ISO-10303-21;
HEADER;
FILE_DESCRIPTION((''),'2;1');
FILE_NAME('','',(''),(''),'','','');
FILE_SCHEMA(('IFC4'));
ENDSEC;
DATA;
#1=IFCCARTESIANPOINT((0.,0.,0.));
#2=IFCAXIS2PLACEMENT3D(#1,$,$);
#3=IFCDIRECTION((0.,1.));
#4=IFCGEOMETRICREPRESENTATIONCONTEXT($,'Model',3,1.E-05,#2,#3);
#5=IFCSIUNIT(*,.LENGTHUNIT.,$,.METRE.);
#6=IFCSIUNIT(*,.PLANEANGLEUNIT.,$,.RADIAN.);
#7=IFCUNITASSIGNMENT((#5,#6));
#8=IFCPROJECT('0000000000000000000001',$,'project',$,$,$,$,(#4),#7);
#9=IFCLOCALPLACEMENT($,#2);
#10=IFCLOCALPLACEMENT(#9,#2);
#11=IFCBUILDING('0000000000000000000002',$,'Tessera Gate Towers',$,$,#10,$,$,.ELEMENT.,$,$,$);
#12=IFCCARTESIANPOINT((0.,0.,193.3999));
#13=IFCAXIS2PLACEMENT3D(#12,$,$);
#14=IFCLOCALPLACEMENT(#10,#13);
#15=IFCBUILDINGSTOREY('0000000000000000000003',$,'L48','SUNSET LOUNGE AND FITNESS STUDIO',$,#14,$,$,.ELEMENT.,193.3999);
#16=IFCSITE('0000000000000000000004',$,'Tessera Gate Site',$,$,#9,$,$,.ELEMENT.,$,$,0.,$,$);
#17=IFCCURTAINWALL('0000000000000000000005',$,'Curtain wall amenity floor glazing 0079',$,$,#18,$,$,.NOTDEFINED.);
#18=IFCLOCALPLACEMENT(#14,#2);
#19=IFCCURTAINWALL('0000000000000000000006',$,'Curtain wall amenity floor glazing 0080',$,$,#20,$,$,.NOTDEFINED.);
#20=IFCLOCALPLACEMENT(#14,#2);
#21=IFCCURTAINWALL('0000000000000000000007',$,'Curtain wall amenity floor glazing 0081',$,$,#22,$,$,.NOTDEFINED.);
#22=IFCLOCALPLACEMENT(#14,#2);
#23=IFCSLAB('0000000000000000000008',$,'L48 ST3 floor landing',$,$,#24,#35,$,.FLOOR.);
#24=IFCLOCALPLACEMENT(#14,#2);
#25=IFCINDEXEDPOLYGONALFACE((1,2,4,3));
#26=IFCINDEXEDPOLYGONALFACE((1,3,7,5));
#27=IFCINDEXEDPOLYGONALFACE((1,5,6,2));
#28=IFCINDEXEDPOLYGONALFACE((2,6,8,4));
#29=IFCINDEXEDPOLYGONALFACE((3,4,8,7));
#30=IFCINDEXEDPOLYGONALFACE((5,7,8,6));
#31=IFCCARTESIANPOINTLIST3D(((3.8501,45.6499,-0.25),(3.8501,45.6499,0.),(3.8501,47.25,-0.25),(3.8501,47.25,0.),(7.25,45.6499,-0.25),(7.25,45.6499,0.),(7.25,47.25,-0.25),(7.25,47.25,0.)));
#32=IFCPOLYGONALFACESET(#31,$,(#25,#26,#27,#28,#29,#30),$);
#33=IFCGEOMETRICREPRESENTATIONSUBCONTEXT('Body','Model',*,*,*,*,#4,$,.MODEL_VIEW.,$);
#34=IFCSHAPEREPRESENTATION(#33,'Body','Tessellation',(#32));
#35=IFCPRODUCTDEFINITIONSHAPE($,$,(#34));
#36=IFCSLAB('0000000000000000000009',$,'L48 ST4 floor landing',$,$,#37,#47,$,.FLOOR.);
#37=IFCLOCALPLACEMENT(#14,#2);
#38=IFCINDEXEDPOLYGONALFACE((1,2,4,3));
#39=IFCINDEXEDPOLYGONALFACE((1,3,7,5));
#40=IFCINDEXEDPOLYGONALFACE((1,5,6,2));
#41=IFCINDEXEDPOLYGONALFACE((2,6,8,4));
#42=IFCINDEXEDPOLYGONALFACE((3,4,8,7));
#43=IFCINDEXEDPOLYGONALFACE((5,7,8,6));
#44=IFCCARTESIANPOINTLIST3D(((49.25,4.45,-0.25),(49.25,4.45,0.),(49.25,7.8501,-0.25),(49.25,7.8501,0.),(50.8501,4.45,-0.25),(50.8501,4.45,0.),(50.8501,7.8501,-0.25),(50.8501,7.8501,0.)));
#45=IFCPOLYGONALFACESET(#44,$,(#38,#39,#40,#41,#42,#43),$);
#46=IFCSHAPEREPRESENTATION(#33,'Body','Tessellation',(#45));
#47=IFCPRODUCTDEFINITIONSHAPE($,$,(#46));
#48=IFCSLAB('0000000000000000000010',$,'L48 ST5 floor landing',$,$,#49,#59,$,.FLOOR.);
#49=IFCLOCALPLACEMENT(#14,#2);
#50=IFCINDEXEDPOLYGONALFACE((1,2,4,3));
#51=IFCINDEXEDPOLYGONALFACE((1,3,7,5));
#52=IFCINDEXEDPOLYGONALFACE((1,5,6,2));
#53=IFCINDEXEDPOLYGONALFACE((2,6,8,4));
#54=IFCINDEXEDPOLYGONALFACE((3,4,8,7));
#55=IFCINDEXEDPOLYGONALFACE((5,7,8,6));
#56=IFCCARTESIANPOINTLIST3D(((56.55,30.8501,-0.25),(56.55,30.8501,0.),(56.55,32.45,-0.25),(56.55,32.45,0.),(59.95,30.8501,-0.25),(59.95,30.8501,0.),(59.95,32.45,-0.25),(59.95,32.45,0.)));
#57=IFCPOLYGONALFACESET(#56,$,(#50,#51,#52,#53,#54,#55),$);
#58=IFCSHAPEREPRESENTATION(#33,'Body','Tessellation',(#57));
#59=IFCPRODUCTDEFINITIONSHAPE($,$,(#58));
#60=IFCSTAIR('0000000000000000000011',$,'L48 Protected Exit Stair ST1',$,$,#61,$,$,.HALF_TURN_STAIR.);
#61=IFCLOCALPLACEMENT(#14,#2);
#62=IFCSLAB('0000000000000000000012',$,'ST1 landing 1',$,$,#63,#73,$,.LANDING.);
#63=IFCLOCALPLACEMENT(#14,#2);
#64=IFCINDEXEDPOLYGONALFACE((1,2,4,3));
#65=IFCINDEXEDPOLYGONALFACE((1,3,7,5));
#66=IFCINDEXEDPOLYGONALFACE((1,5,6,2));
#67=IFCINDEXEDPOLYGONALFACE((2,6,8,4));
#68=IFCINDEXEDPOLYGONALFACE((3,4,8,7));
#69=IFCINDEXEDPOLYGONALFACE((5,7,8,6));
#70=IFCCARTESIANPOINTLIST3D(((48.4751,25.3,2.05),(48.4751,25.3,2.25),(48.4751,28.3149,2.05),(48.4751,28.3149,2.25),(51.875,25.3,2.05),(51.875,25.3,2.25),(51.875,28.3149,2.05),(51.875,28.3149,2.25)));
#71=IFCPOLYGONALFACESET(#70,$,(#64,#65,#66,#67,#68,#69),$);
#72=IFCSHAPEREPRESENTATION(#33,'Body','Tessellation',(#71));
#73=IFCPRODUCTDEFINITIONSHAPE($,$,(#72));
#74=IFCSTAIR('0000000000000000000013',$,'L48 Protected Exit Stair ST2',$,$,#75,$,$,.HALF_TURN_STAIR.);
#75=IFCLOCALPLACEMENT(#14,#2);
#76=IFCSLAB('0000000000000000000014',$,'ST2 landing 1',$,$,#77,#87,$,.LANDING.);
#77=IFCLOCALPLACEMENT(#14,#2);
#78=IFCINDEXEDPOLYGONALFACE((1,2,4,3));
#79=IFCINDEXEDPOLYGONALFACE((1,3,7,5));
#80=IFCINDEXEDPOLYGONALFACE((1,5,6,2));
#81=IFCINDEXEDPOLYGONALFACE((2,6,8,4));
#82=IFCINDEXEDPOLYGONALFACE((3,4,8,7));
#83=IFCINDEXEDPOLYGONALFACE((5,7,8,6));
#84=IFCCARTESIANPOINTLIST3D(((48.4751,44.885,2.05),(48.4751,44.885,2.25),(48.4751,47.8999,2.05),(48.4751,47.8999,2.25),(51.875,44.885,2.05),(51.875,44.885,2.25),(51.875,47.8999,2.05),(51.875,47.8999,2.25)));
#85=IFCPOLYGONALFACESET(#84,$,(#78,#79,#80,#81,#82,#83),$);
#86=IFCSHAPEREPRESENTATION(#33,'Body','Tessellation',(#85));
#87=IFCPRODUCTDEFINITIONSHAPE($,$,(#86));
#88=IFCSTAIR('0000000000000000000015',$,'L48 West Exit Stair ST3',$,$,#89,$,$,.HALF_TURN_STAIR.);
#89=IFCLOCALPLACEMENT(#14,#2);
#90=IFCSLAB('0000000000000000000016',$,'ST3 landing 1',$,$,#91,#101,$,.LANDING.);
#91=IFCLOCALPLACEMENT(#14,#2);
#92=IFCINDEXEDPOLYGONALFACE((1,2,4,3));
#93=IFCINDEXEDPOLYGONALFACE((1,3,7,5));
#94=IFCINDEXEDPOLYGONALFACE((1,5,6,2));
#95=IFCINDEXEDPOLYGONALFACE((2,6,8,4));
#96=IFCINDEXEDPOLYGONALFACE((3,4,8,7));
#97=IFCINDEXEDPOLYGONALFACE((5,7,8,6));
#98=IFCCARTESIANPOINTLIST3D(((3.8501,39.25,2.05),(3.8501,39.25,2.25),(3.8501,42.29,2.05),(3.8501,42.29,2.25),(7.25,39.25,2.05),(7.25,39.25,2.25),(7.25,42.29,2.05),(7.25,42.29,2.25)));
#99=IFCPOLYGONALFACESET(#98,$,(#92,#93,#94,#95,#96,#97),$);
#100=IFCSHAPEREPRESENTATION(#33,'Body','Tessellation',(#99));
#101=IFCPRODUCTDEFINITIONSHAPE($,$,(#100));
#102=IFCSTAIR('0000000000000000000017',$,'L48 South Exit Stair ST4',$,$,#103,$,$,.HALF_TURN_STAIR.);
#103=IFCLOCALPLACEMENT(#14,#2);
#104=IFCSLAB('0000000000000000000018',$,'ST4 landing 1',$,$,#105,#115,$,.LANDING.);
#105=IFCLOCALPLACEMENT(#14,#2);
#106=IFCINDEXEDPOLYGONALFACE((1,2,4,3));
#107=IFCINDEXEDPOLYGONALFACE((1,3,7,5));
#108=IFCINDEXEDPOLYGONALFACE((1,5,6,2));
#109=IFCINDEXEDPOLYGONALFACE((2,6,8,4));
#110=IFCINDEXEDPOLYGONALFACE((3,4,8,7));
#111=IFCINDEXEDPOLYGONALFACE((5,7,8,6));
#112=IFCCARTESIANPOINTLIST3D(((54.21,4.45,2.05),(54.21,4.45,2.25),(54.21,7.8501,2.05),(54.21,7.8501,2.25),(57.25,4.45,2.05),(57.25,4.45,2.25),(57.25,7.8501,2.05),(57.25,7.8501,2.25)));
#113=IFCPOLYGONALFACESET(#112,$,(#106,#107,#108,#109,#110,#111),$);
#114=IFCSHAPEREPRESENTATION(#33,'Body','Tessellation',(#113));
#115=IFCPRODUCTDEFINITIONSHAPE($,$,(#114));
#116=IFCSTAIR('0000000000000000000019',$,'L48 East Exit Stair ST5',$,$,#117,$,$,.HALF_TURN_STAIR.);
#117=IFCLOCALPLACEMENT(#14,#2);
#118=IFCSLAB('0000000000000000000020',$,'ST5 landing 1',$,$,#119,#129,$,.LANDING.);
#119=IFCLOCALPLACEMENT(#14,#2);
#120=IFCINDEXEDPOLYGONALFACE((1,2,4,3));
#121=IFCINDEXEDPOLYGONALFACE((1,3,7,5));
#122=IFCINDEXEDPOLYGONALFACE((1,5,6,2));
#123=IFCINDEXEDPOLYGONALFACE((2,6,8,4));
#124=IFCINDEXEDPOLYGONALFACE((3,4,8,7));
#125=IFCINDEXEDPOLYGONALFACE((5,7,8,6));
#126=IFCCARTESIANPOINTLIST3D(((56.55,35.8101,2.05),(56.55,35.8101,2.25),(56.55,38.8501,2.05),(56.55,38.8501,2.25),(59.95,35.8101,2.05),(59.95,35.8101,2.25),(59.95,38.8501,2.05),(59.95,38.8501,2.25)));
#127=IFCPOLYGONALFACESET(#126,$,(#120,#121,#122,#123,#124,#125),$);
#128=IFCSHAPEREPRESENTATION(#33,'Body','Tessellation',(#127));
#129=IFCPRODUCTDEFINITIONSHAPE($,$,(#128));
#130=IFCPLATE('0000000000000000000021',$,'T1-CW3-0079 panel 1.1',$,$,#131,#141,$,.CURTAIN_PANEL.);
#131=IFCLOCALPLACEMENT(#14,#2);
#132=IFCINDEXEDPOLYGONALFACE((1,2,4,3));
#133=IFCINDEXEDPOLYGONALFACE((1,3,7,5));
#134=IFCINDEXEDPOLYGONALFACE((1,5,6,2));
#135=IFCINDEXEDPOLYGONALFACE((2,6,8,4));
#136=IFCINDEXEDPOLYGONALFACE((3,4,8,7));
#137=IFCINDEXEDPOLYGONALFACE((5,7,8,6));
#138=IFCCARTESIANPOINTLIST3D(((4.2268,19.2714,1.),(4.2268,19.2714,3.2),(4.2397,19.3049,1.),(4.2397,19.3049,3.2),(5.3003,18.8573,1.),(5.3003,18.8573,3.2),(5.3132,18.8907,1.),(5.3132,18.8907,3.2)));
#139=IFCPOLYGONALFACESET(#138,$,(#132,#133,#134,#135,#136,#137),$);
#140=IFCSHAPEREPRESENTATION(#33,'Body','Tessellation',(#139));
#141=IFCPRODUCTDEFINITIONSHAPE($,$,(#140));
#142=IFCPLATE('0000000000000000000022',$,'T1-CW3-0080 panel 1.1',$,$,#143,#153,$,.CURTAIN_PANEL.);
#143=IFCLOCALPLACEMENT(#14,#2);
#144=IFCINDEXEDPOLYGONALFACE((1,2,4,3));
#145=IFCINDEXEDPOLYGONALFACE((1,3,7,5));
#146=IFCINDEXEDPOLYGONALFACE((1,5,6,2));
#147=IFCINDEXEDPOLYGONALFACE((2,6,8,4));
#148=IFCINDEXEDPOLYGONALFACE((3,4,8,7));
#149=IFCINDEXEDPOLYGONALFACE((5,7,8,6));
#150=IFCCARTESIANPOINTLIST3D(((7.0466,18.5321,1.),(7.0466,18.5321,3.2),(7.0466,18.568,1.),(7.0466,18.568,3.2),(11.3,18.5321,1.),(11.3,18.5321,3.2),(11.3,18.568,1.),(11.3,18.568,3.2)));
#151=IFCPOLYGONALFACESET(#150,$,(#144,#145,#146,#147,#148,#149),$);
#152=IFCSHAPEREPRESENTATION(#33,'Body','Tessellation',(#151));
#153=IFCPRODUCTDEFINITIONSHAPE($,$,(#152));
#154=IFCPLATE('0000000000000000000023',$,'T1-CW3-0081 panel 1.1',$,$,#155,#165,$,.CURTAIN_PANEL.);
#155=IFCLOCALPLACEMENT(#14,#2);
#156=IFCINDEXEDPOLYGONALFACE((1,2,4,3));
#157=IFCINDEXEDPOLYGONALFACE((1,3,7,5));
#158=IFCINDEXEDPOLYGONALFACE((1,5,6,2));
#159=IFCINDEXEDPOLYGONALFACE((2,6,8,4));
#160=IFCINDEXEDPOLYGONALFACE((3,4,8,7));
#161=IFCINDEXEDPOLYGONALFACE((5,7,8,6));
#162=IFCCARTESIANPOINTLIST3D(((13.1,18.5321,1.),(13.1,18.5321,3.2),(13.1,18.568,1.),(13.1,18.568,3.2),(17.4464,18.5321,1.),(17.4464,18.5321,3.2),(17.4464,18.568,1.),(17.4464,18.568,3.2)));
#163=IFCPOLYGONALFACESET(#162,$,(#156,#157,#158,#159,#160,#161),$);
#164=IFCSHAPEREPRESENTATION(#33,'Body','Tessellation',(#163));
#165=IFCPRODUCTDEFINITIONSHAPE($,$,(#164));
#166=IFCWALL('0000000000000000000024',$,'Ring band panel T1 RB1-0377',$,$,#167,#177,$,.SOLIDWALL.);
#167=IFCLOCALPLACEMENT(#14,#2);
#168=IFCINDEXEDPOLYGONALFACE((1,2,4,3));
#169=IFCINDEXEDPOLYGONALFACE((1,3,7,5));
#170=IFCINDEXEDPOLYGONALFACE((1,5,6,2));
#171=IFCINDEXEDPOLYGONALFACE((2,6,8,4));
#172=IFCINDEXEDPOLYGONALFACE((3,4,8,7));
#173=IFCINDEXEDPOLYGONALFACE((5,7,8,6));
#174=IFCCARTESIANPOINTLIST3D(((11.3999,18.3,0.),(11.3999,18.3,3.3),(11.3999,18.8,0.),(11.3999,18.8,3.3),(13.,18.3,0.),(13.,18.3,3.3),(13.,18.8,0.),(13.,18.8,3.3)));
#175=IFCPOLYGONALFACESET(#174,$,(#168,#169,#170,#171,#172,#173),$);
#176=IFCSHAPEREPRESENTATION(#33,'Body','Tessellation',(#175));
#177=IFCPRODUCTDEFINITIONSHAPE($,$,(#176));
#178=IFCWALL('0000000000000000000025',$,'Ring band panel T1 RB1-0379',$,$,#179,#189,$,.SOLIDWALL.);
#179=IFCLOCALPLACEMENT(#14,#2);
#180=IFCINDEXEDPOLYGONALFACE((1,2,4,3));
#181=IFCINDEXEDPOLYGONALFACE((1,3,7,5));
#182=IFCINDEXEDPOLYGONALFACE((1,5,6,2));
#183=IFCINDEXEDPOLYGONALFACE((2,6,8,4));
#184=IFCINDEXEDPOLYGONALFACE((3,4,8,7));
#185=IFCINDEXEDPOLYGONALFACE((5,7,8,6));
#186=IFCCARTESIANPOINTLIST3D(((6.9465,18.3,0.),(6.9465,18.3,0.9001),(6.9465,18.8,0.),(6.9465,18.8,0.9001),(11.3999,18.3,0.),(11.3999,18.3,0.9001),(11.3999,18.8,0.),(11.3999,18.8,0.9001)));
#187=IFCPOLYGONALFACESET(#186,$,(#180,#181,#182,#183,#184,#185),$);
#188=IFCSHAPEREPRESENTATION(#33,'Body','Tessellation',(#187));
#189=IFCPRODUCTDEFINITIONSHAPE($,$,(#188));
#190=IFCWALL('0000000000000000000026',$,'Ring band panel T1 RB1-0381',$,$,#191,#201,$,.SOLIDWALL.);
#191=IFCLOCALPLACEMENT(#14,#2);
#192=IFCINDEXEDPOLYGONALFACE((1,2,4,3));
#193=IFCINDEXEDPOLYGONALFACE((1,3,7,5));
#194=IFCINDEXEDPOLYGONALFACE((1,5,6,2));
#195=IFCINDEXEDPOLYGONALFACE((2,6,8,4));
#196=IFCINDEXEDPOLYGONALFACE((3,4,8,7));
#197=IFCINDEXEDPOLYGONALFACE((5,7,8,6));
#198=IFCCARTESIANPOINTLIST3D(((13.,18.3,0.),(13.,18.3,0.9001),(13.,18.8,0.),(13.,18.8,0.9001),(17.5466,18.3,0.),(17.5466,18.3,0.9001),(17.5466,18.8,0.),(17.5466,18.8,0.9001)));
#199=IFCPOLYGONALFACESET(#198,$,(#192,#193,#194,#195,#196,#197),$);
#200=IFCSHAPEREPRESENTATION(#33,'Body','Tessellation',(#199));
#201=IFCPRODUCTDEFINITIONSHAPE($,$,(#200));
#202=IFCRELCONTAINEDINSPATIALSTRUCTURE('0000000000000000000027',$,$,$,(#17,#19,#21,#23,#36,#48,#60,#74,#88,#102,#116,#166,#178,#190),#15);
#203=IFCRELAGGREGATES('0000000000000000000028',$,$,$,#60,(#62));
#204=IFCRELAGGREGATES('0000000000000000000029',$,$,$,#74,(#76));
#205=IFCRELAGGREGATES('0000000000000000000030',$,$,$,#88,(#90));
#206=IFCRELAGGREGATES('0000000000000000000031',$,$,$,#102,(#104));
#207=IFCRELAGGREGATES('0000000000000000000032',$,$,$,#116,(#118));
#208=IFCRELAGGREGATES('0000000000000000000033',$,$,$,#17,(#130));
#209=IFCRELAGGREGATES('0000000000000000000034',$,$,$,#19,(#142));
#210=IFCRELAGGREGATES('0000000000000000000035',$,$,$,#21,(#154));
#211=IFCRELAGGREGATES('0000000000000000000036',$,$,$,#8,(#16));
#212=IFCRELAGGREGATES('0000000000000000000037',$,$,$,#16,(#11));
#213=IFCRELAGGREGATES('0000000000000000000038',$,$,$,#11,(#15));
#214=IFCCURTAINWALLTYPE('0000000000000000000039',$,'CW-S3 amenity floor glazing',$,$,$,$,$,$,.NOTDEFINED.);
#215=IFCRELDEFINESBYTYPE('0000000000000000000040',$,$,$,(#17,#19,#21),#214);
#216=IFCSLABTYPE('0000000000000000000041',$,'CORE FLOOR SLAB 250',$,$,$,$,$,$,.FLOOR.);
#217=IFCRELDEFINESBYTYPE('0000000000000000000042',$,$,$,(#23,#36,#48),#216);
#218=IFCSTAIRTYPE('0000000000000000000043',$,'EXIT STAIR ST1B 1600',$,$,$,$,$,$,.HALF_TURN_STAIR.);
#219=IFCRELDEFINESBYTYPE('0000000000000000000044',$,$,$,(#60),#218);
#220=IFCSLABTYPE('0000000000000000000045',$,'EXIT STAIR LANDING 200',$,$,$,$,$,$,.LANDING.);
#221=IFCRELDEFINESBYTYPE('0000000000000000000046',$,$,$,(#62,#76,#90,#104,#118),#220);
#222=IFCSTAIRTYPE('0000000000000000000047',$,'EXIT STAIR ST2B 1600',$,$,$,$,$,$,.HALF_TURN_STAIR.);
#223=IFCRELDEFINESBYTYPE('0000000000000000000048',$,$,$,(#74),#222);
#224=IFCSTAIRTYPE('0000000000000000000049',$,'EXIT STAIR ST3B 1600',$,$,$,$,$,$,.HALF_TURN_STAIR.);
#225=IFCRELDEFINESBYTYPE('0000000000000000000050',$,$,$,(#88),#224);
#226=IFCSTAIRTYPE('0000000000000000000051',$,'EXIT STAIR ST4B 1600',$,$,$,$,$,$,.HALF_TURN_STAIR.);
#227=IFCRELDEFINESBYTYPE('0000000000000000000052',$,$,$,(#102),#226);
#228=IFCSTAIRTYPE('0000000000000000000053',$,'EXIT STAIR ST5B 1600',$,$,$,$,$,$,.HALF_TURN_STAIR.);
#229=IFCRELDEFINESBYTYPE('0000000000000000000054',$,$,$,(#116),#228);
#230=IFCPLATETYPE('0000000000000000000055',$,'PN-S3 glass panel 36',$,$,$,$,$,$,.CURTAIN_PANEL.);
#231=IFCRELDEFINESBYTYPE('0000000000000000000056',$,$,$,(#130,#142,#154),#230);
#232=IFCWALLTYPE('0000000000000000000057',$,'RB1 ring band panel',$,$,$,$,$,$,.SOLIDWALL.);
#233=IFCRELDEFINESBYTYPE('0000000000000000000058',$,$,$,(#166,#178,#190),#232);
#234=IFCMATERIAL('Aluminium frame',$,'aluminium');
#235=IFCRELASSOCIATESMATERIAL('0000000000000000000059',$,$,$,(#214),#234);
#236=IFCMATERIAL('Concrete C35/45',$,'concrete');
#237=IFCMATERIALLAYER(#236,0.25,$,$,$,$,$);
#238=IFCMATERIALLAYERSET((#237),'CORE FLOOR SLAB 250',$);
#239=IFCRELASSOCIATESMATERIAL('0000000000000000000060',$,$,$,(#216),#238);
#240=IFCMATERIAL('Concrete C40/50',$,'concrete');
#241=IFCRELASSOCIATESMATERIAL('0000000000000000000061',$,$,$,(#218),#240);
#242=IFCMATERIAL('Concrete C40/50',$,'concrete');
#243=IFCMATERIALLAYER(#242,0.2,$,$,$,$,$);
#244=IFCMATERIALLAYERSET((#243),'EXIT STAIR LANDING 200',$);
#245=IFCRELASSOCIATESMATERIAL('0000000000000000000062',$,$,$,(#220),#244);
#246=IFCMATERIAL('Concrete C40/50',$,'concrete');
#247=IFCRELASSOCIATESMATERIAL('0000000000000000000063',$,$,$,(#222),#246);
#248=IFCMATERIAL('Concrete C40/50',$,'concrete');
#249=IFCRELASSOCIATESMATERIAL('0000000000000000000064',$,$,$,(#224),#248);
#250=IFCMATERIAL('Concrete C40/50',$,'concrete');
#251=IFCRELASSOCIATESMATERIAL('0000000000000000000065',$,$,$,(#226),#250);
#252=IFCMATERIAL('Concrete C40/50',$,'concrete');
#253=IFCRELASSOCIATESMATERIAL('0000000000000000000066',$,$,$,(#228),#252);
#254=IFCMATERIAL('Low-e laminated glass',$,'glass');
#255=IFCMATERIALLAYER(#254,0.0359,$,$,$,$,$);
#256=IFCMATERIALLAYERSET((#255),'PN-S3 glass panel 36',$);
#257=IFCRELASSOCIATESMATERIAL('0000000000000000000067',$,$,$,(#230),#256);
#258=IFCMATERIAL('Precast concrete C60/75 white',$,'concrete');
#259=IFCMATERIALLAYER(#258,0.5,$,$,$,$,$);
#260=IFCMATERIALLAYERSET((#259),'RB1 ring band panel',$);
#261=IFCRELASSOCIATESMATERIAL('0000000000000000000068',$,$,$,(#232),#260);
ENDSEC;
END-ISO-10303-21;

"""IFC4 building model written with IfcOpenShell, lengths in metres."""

from ifc_helpers import new_model, si_unit, direction, frame, origin, origin_2d, place, context, subcontext, project, spatial, polyline, rectangle, outline, extrude, source, transform, mapped, material, layer, layer_set, type_object, element, aggregate, save


model = new_model("IFC4")

# Units and contexts
model_context = context("Model", 3, precision=1e-05, world=origin(), true_north=direction((0.0, 1.0)))
body_context = subcontext(model_context, "Body", "Model", "MODEL_VIEW")
ifc_project = project(units=[si_unit("LENGTHUNIT", "METRE"), si_unit("PLANEANGLEUNIT", "RADIAN")], contexts=[model_context])

# Site, building, storey
site_placement = place(None, origin())
site = spatial("IfcSite", under=ifc_project, at=site_placement, Name="Tessera Gate Site", CompositionType="ELEMENT", RefElevation=0.0)
building_placement = place(site_placement, origin())
building = spatial("IfcBuilding", under=site, at=building_placement, Name="Tessera Gate Towers", CompositionType="ELEMENT")
storey_placement = place(building_placement, frame((0.0, 0.0, 193.3999)))
storey = spatial("IfcBuildingStorey", under=building, at=storey_placement, Name="L48", Description="SUNSET LOUNGE AND FITNESS STUDIO", CompositionType="ELEMENT", Elevation=193.3999)

# Curtain wall
ifc_material_1 = material(Name="Aluminium frame", Category="aluminium")
curtain_wall_type = type_object("IfcCurtainWallType", Name="CW-S3 amenity floor glazing", PredefinedType="NOTDEFINED", material=ifc_material_1)
curtain_wall_1_placement = place(storey_placement, origin())
curtain_wall_1 = element("IfcCurtainWall", 1, at=curtain_wall_1_placement, inside=storey, type_object=curtain_wall_type, Name="Curtain wall amenity floor glazing 0079", PredefinedType="NOTDEFINED")

# Curtain wall
curtain_wall_2_placement = place(storey_placement, origin())
curtain_wall_2 = element("IfcCurtainWall", 2, at=curtain_wall_2_placement, inside=storey, type_object=curtain_wall_type, Name="Curtain wall amenity floor glazing 0080", PredefinedType="NOTDEFINED")

# Curtain wall
curtain_wall_3_placement = place(storey_placement, origin())
curtain_wall_3 = element("IfcCurtainWall", 3, at=curtain_wall_3_placement, inside=storey, type_object=curtain_wall_type, Name="Curtain wall amenity floor glazing 0081", PredefinedType="NOTDEFINED")

# Slabs
ifc_material_2 = material(Name="Concrete C35/45", Category="concrete")
ifc_layer_1 = layer(ifc_material_2, 0.25)
ifc_layer_set_1 = layer_set([ifc_layer_1], Name="CORE FLOOR SLAB 250")
slab_type_1 = type_object("IfcSlabType", Name="CORE FLOOR SLAB 250", PredefinedType="FLOOR", material=ifc_layer_set_1)
slab_1_placement = place(storey_placement, frame((0.0, 0.0, -0.25)))
element("IfcSlab", 4, at=slab_1_placement, inside=storey, type_object=slab_type_1, Name="L48 ST3 floor landing", PredefinedType="FLOOR", context=body_context, shape_type="SweptSolid", body=[
    extrude(outline(polyline([(3.8501, 47.25), (3.8501, 45.6499), (7.25, 45.6499), (7.25, 47.25), (3.8501, 47.25)])), origin(), (0.0, 0.0, 1.0), 0.25),
])
slab_2_placement = place(storey_placement, frame((0.0, 0.0, -0.25)))
element("IfcSlab", 5, at=slab_2_placement, inside=storey, type_object=slab_type_1, Name="L48 ST4 floor landing", PredefinedType="FLOOR", context=body_context, shape_type="SweptSolid", body=[
    extrude(outline(polyline([(49.25, 4.45), (50.8501, 4.45), (50.8501, 7.8501), (49.25, 7.8501), (49.25, 4.45)])), origin(), (0.0, 0.0, 1.0), 0.25),
])
slab_3_placement = place(storey_placement, frame((0.0, 0.0, -0.25)))
element("IfcSlab", 6, at=slab_3_placement, inside=storey, type_object=slab_type_1, Name="L48 ST5 floor landing", PredefinedType="FLOOR", context=body_context, shape_type="SweptSolid", body=[
    extrude(outline(polyline([(59.95, 30.8501), (59.95, 32.45), (56.55, 32.45), (56.55, 30.8501), (59.95, 30.8501)])), origin(), (0.0, 0.0, 1.0), 0.25),
])

# Stairs, slabs
ifc_material_3 = material(Name="Concrete C40/50", Category="concrete")
stair_type_1 = type_object("IfcStairType", Name="EXIT STAIR ST1B 1600", PredefinedType="HALF_TURN_STAIR", material=ifc_material_3)
stair_1_placement = place(storey_placement, origin())
stair_1 = element("IfcStair", 7, at=stair_1_placement, inside=storey, type_object=stair_type_1, Name="L48 Protected Exit Stair ST1", PredefinedType="HALF_TURN_STAIR")
ifc_material_4 = material(Name="Concrete C40/50", Category="concrete")
ifc_layer_2 = layer(ifc_material_4, 0.2)
ifc_layer_set_2 = layer_set([ifc_layer_2], Name="EXIT STAIR LANDING 200")
slab_type_2 = type_object("IfcSlabType", Name="EXIT STAIR LANDING 200", PredefinedType="LANDING", material=ifc_layer_set_2)
slab_4_placement = place(storey_placement, frame((0.0, 0.0, 2.05)))
slab_4 = element("IfcSlab", 8, at=slab_4_placement, type_object=slab_type_2, Name="ST1 landing 1", PredefinedType="LANDING", context=body_context, shape_type="SweptSolid", body=[
    extrude(outline(polyline([(48.4751, 28.3149), (48.4751, 25.3), (51.875, 25.3), (51.875, 28.3149), (48.4751, 28.3149)])), origin(), (0.0, 0.0, 1.0), 0.2),
])
aggregate(stair_1, [slab_4])
ifc_material_5 = material(Name="Concrete C40/50", Category="concrete")
stair_type_2 = type_object("IfcStairType", Name="EXIT STAIR ST2B 1600", PredefinedType="HALF_TURN_STAIR", material=ifc_material_5)
stair_2_placement = place(storey_placement, origin())
stair_2 = element("IfcStair", 9, at=stair_2_placement, inside=storey, type_object=stair_type_2, Name="L48 Protected Exit Stair ST2", PredefinedType="HALF_TURN_STAIR")
slab_5_placement = place(storey_placement, frame((0.0, 0.0, 2.05)))
slab_5 = element("IfcSlab", 10, at=slab_5_placement, type_object=slab_type_2, Name="ST2 landing 1", PredefinedType="LANDING", context=body_context, shape_type="SweptSolid", body=[
    extrude(outline(polyline([(51.875, 44.885), (51.875, 47.8999), (48.4751, 47.8999), (48.4751, 44.885), (51.875, 44.885)])), origin(), (0.0, 0.0, 1.0), 0.2),
])
aggregate(stair_2, [slab_5])
ifc_material_6 = material(Name="Concrete C40/50", Category="concrete")
stair_type_3 = type_object("IfcStairType", Name="EXIT STAIR ST3B 1600", PredefinedType="HALF_TURN_STAIR", material=ifc_material_6)
stair_3_placement = place(storey_placement, origin())
stair_3 = element("IfcStair", 11, at=stair_3_placement, inside=storey, type_object=stair_type_3, Name="L48 West Exit Stair ST3", PredefinedType="HALF_TURN_STAIR")
slab_6_placement = place(storey_placement, frame((0.0, 0.0, 2.05)))
slab_6 = element("IfcSlab", 12, at=slab_6_placement, type_object=slab_type_2, Name="ST3 landing 1", PredefinedType="LANDING", context=body_context, shape_type="SweptSolid", body=[
    extrude(outline(polyline([(3.8501, 42.29), (3.8501, 39.25), (7.25, 39.25), (7.25, 42.29), (3.8501, 42.29)])), origin(), (0.0, 0.0, 1.0), 0.2),
])
aggregate(stair_3, [slab_6])
ifc_material_7 = material(Name="Concrete C40/50", Category="concrete")
stair_type_4 = type_object("IfcStairType", Name="EXIT STAIR ST4B 1600", PredefinedType="HALF_TURN_STAIR", material=ifc_material_7)
stair_4_placement = place(storey_placement, origin())
stair_4 = element("IfcStair", 13, at=stair_4_placement, inside=storey, type_object=stair_type_4, Name="L48 South Exit Stair ST4", PredefinedType="HALF_TURN_STAIR")
slab_7_placement = place(storey_placement, frame((0.0, 0.0, 2.05)))
slab_7 = element("IfcSlab", 14, at=slab_7_placement, type_object=slab_type_2, Name="ST4 landing 1", PredefinedType="LANDING", context=body_context, shape_type="SweptSolid", body=[
    extrude(outline(polyline([(54.21, 4.45), (57.25, 4.45), (57.25, 7.8501), (54.21, 7.8501), (54.21, 4.45)])), origin(), (0.0, 0.0, 1.0), 0.2),
])
aggregate(stair_4, [slab_7])
ifc_material_8 = material(Name="Concrete C40/50", Category="concrete")
stair_type_5 = type_object("IfcStairType", Name="EXIT STAIR ST5B 1600", PredefinedType="HALF_TURN_STAIR", material=ifc_material_8)
stair_5_placement = place(storey_placement, origin())
stair_5 = element("IfcStair", 15, at=stair_5_placement, inside=storey, type_object=stair_type_5, Name="L48 East Exit Stair ST5", PredefinedType="HALF_TURN_STAIR")
slab_8_placement = place(storey_placement, frame((0.0, 0.0, 2.05)))
slab_8 = element("IfcSlab", 16, at=slab_8_placement, type_object=slab_type_2, Name="ST5 landing 1", PredefinedType="LANDING", context=body_context, shape_type="SweptSolid", body=[
    extrude(outline(polyline([(59.95, 35.8101), (59.95, 38.8501), (56.55, 38.8501), (56.55, 35.8101), (59.95, 35.8101)])), origin(), (0.0, 0.0, 1.0), 0.2),
])
aggregate(stair_5, [slab_8])

# Plates
ifc_material_9 = material(Name="Low-e laminated glass", Category="glass")
ifc_layer_3 = layer(ifc_material_9, 0.0359)
ifc_layer_set_3 = layer_set([ifc_layer_3], Name="PN-S3 glass panel 36")
plate_type = type_object("IfcPlateType", Name="PN-S3 glass panel 36", PredefinedType="CURTAIN_PANEL", material=ifc_layer_set_3)
plate_1_placement = place(storey_placement, frame((4.77, 19.0811, 1.0), z_axis=(0.0, 0.0, 1.0), x_axis=(0.932989, -0.359904, 0.0)))
plate_1 = element("IfcPlate", 17, at=plate_1_placement, type_object=plate_type, Name="T1-CW3-0079 panel 1.1", PredefinedType="CURTAIN_PANEL", context=body_context, shape_type="SweptSolid", body=[
    extrude(rectangle(XDim=1.1506, YDim=0.0359, at=origin_2d()), origin(), (0.0, 0.0, 1.0), 2.2),
])
aggregate(curtain_wall_1, [plate_1])
plate_2_placement = place(storey_placement, frame((9.1733, 18.55, 1.0), z_axis=(0.0, 0.0, 1.0), x_axis=(1.0, 0.0, 0.0)))
plate_2 = element("IfcPlate", 18, at=plate_2_placement, type_object=plate_type, Name="T1-CW3-0080 panel 1.1", PredefinedType="CURTAIN_PANEL", context=body_context, shape_type="SweptSolid", body=[
    extrude(rectangle(XDim=4.2534, YDim=0.0359, at=origin_2d()), origin(), (0.0, 0.0, 1.0), 2.2),
])
aggregate(curtain_wall_2, [plate_2])
plate_3_placement = place(storey_placement, frame((15.2732, 18.55, 1.0), z_axis=(0.0, 0.0, 1.0), x_axis=(1.0, 0.0, 0.0)))
plate_3 = element("IfcPlate", 19, at=plate_3_placement, type_object=plate_type, Name="T1-CW3-0081 panel 1.1", PredefinedType="CURTAIN_PANEL", context=body_context, shape_type="SweptSolid", body=[
    extrude(rectangle(XDim=4.3464, YDim=0.0359, at=origin_2d()), origin(), (0.0, 0.0, 1.0), 2.2),
])
aggregate(curtain_wall_3, [plate_3])

# Walls
ifc_material_10 = material(Name="Precast concrete C60/75 white", Category="concrete")
ifc_layer_4 = layer(ifc_material_10, 0.5)
ifc_layer_set_4 = layer_set([ifc_layer_4], Name="RB1 ring band panel")
wall_type = type_object("IfcWallType", Name="RB1 ring band panel", PredefinedType="SOLIDWALL", material=ifc_layer_set_4)
shared_shape_1 = source(origin(), body_context, "Body", "SweptSolid", [
    extrude(outline(polyline([(0.0, 0.0), (1.6001, 0.0), (1.6001, 3.3), (0.0, 3.3), (0.0, 0.0)])), frame((0.0, 0.25, 0.0), z_axis=(0.0, -1.0, 0.0), x_axis=(1.0, 0.0, 0.0)), (0.0, 0.0, 1.0), 0.5),
])
wall_1_placement = place(storey_placement, frame((11.3999, 18.55, 0.0), z_axis=(0.0, 0.0, 1.0), x_axis=(1.0, 0.0, 0.0)))
element("IfcWall", 20, at=wall_1_placement, inside=storey, type_object=wall_type, Name="Ring band panel T1 RB1-0377", PredefinedType="SOLIDWALL", context=body_context, shape_type="MappedRepresentation", body=[
    mapped(shared_shape_1, transform((0.0, 0.0, 0.0), scale=1.0)),
])
shared_shape_2 = source(origin(), body_context, "Body", "SweptSolid", [
    extrude(outline(polyline([(0.0, 0.0), (4.4534, 0.0), (4.4534, 0.9001), (0.0, 0.9001), (0.0, 0.0)])), frame((0.0, 0.25, 0.0), z_axis=(0.0, -1.0, 0.0), x_axis=(1.0, 0.0, 0.0)), (0.0, 0.0, 1.0), 0.5),
])
wall_2_placement = place(storey_placement, frame((6.9465, 18.55, 0.0), z_axis=(0.0, 0.0, 1.0), x_axis=(1.0, 0.0, 0.0)))
element("IfcWall", 21, at=wall_2_placement, inside=storey, type_object=wall_type, Name="Ring band panel T1 RB1-0379", PredefinedType="SOLIDWALL", context=body_context, shape_type="MappedRepresentation", body=[
    mapped(shared_shape_2, transform((0.0, 0.0, 0.0), scale=1.0)),
])
shared_shape_3 = source(origin(), body_context, "Body", "SweptSolid", [
    extrude(outline(polyline([(0.0, 0.0), (4.5466, 0.0), (4.5466, 0.9001), (0.0, 0.9001), (0.0, 0.0)])), frame((0.0, 0.25, 0.0), z_axis=(0.0, -1.0, 0.0), x_axis=(1.0, 0.0, 0.0)), (0.0, 0.0, 1.0), 0.5),
])
wall_3_placement = place(storey_placement, frame((13.0, 18.55, 0.0), z_axis=(0.0, 0.0, 1.0), x_axis=(1.0, 0.0, 0.0)))
element("IfcWall", 22, at=wall_3_placement, inside=storey, type_object=wall_type, Name="Ring band panel T1 RB1-0381", PredefinedType="SOLIDWALL", context=body_context, shape_type="MappedRepresentation", body=[
    mapped(shared_shape_3, transform((0.0, 0.0, 0.0), scale=1.0)),
])

save(model, "model.ifc")
